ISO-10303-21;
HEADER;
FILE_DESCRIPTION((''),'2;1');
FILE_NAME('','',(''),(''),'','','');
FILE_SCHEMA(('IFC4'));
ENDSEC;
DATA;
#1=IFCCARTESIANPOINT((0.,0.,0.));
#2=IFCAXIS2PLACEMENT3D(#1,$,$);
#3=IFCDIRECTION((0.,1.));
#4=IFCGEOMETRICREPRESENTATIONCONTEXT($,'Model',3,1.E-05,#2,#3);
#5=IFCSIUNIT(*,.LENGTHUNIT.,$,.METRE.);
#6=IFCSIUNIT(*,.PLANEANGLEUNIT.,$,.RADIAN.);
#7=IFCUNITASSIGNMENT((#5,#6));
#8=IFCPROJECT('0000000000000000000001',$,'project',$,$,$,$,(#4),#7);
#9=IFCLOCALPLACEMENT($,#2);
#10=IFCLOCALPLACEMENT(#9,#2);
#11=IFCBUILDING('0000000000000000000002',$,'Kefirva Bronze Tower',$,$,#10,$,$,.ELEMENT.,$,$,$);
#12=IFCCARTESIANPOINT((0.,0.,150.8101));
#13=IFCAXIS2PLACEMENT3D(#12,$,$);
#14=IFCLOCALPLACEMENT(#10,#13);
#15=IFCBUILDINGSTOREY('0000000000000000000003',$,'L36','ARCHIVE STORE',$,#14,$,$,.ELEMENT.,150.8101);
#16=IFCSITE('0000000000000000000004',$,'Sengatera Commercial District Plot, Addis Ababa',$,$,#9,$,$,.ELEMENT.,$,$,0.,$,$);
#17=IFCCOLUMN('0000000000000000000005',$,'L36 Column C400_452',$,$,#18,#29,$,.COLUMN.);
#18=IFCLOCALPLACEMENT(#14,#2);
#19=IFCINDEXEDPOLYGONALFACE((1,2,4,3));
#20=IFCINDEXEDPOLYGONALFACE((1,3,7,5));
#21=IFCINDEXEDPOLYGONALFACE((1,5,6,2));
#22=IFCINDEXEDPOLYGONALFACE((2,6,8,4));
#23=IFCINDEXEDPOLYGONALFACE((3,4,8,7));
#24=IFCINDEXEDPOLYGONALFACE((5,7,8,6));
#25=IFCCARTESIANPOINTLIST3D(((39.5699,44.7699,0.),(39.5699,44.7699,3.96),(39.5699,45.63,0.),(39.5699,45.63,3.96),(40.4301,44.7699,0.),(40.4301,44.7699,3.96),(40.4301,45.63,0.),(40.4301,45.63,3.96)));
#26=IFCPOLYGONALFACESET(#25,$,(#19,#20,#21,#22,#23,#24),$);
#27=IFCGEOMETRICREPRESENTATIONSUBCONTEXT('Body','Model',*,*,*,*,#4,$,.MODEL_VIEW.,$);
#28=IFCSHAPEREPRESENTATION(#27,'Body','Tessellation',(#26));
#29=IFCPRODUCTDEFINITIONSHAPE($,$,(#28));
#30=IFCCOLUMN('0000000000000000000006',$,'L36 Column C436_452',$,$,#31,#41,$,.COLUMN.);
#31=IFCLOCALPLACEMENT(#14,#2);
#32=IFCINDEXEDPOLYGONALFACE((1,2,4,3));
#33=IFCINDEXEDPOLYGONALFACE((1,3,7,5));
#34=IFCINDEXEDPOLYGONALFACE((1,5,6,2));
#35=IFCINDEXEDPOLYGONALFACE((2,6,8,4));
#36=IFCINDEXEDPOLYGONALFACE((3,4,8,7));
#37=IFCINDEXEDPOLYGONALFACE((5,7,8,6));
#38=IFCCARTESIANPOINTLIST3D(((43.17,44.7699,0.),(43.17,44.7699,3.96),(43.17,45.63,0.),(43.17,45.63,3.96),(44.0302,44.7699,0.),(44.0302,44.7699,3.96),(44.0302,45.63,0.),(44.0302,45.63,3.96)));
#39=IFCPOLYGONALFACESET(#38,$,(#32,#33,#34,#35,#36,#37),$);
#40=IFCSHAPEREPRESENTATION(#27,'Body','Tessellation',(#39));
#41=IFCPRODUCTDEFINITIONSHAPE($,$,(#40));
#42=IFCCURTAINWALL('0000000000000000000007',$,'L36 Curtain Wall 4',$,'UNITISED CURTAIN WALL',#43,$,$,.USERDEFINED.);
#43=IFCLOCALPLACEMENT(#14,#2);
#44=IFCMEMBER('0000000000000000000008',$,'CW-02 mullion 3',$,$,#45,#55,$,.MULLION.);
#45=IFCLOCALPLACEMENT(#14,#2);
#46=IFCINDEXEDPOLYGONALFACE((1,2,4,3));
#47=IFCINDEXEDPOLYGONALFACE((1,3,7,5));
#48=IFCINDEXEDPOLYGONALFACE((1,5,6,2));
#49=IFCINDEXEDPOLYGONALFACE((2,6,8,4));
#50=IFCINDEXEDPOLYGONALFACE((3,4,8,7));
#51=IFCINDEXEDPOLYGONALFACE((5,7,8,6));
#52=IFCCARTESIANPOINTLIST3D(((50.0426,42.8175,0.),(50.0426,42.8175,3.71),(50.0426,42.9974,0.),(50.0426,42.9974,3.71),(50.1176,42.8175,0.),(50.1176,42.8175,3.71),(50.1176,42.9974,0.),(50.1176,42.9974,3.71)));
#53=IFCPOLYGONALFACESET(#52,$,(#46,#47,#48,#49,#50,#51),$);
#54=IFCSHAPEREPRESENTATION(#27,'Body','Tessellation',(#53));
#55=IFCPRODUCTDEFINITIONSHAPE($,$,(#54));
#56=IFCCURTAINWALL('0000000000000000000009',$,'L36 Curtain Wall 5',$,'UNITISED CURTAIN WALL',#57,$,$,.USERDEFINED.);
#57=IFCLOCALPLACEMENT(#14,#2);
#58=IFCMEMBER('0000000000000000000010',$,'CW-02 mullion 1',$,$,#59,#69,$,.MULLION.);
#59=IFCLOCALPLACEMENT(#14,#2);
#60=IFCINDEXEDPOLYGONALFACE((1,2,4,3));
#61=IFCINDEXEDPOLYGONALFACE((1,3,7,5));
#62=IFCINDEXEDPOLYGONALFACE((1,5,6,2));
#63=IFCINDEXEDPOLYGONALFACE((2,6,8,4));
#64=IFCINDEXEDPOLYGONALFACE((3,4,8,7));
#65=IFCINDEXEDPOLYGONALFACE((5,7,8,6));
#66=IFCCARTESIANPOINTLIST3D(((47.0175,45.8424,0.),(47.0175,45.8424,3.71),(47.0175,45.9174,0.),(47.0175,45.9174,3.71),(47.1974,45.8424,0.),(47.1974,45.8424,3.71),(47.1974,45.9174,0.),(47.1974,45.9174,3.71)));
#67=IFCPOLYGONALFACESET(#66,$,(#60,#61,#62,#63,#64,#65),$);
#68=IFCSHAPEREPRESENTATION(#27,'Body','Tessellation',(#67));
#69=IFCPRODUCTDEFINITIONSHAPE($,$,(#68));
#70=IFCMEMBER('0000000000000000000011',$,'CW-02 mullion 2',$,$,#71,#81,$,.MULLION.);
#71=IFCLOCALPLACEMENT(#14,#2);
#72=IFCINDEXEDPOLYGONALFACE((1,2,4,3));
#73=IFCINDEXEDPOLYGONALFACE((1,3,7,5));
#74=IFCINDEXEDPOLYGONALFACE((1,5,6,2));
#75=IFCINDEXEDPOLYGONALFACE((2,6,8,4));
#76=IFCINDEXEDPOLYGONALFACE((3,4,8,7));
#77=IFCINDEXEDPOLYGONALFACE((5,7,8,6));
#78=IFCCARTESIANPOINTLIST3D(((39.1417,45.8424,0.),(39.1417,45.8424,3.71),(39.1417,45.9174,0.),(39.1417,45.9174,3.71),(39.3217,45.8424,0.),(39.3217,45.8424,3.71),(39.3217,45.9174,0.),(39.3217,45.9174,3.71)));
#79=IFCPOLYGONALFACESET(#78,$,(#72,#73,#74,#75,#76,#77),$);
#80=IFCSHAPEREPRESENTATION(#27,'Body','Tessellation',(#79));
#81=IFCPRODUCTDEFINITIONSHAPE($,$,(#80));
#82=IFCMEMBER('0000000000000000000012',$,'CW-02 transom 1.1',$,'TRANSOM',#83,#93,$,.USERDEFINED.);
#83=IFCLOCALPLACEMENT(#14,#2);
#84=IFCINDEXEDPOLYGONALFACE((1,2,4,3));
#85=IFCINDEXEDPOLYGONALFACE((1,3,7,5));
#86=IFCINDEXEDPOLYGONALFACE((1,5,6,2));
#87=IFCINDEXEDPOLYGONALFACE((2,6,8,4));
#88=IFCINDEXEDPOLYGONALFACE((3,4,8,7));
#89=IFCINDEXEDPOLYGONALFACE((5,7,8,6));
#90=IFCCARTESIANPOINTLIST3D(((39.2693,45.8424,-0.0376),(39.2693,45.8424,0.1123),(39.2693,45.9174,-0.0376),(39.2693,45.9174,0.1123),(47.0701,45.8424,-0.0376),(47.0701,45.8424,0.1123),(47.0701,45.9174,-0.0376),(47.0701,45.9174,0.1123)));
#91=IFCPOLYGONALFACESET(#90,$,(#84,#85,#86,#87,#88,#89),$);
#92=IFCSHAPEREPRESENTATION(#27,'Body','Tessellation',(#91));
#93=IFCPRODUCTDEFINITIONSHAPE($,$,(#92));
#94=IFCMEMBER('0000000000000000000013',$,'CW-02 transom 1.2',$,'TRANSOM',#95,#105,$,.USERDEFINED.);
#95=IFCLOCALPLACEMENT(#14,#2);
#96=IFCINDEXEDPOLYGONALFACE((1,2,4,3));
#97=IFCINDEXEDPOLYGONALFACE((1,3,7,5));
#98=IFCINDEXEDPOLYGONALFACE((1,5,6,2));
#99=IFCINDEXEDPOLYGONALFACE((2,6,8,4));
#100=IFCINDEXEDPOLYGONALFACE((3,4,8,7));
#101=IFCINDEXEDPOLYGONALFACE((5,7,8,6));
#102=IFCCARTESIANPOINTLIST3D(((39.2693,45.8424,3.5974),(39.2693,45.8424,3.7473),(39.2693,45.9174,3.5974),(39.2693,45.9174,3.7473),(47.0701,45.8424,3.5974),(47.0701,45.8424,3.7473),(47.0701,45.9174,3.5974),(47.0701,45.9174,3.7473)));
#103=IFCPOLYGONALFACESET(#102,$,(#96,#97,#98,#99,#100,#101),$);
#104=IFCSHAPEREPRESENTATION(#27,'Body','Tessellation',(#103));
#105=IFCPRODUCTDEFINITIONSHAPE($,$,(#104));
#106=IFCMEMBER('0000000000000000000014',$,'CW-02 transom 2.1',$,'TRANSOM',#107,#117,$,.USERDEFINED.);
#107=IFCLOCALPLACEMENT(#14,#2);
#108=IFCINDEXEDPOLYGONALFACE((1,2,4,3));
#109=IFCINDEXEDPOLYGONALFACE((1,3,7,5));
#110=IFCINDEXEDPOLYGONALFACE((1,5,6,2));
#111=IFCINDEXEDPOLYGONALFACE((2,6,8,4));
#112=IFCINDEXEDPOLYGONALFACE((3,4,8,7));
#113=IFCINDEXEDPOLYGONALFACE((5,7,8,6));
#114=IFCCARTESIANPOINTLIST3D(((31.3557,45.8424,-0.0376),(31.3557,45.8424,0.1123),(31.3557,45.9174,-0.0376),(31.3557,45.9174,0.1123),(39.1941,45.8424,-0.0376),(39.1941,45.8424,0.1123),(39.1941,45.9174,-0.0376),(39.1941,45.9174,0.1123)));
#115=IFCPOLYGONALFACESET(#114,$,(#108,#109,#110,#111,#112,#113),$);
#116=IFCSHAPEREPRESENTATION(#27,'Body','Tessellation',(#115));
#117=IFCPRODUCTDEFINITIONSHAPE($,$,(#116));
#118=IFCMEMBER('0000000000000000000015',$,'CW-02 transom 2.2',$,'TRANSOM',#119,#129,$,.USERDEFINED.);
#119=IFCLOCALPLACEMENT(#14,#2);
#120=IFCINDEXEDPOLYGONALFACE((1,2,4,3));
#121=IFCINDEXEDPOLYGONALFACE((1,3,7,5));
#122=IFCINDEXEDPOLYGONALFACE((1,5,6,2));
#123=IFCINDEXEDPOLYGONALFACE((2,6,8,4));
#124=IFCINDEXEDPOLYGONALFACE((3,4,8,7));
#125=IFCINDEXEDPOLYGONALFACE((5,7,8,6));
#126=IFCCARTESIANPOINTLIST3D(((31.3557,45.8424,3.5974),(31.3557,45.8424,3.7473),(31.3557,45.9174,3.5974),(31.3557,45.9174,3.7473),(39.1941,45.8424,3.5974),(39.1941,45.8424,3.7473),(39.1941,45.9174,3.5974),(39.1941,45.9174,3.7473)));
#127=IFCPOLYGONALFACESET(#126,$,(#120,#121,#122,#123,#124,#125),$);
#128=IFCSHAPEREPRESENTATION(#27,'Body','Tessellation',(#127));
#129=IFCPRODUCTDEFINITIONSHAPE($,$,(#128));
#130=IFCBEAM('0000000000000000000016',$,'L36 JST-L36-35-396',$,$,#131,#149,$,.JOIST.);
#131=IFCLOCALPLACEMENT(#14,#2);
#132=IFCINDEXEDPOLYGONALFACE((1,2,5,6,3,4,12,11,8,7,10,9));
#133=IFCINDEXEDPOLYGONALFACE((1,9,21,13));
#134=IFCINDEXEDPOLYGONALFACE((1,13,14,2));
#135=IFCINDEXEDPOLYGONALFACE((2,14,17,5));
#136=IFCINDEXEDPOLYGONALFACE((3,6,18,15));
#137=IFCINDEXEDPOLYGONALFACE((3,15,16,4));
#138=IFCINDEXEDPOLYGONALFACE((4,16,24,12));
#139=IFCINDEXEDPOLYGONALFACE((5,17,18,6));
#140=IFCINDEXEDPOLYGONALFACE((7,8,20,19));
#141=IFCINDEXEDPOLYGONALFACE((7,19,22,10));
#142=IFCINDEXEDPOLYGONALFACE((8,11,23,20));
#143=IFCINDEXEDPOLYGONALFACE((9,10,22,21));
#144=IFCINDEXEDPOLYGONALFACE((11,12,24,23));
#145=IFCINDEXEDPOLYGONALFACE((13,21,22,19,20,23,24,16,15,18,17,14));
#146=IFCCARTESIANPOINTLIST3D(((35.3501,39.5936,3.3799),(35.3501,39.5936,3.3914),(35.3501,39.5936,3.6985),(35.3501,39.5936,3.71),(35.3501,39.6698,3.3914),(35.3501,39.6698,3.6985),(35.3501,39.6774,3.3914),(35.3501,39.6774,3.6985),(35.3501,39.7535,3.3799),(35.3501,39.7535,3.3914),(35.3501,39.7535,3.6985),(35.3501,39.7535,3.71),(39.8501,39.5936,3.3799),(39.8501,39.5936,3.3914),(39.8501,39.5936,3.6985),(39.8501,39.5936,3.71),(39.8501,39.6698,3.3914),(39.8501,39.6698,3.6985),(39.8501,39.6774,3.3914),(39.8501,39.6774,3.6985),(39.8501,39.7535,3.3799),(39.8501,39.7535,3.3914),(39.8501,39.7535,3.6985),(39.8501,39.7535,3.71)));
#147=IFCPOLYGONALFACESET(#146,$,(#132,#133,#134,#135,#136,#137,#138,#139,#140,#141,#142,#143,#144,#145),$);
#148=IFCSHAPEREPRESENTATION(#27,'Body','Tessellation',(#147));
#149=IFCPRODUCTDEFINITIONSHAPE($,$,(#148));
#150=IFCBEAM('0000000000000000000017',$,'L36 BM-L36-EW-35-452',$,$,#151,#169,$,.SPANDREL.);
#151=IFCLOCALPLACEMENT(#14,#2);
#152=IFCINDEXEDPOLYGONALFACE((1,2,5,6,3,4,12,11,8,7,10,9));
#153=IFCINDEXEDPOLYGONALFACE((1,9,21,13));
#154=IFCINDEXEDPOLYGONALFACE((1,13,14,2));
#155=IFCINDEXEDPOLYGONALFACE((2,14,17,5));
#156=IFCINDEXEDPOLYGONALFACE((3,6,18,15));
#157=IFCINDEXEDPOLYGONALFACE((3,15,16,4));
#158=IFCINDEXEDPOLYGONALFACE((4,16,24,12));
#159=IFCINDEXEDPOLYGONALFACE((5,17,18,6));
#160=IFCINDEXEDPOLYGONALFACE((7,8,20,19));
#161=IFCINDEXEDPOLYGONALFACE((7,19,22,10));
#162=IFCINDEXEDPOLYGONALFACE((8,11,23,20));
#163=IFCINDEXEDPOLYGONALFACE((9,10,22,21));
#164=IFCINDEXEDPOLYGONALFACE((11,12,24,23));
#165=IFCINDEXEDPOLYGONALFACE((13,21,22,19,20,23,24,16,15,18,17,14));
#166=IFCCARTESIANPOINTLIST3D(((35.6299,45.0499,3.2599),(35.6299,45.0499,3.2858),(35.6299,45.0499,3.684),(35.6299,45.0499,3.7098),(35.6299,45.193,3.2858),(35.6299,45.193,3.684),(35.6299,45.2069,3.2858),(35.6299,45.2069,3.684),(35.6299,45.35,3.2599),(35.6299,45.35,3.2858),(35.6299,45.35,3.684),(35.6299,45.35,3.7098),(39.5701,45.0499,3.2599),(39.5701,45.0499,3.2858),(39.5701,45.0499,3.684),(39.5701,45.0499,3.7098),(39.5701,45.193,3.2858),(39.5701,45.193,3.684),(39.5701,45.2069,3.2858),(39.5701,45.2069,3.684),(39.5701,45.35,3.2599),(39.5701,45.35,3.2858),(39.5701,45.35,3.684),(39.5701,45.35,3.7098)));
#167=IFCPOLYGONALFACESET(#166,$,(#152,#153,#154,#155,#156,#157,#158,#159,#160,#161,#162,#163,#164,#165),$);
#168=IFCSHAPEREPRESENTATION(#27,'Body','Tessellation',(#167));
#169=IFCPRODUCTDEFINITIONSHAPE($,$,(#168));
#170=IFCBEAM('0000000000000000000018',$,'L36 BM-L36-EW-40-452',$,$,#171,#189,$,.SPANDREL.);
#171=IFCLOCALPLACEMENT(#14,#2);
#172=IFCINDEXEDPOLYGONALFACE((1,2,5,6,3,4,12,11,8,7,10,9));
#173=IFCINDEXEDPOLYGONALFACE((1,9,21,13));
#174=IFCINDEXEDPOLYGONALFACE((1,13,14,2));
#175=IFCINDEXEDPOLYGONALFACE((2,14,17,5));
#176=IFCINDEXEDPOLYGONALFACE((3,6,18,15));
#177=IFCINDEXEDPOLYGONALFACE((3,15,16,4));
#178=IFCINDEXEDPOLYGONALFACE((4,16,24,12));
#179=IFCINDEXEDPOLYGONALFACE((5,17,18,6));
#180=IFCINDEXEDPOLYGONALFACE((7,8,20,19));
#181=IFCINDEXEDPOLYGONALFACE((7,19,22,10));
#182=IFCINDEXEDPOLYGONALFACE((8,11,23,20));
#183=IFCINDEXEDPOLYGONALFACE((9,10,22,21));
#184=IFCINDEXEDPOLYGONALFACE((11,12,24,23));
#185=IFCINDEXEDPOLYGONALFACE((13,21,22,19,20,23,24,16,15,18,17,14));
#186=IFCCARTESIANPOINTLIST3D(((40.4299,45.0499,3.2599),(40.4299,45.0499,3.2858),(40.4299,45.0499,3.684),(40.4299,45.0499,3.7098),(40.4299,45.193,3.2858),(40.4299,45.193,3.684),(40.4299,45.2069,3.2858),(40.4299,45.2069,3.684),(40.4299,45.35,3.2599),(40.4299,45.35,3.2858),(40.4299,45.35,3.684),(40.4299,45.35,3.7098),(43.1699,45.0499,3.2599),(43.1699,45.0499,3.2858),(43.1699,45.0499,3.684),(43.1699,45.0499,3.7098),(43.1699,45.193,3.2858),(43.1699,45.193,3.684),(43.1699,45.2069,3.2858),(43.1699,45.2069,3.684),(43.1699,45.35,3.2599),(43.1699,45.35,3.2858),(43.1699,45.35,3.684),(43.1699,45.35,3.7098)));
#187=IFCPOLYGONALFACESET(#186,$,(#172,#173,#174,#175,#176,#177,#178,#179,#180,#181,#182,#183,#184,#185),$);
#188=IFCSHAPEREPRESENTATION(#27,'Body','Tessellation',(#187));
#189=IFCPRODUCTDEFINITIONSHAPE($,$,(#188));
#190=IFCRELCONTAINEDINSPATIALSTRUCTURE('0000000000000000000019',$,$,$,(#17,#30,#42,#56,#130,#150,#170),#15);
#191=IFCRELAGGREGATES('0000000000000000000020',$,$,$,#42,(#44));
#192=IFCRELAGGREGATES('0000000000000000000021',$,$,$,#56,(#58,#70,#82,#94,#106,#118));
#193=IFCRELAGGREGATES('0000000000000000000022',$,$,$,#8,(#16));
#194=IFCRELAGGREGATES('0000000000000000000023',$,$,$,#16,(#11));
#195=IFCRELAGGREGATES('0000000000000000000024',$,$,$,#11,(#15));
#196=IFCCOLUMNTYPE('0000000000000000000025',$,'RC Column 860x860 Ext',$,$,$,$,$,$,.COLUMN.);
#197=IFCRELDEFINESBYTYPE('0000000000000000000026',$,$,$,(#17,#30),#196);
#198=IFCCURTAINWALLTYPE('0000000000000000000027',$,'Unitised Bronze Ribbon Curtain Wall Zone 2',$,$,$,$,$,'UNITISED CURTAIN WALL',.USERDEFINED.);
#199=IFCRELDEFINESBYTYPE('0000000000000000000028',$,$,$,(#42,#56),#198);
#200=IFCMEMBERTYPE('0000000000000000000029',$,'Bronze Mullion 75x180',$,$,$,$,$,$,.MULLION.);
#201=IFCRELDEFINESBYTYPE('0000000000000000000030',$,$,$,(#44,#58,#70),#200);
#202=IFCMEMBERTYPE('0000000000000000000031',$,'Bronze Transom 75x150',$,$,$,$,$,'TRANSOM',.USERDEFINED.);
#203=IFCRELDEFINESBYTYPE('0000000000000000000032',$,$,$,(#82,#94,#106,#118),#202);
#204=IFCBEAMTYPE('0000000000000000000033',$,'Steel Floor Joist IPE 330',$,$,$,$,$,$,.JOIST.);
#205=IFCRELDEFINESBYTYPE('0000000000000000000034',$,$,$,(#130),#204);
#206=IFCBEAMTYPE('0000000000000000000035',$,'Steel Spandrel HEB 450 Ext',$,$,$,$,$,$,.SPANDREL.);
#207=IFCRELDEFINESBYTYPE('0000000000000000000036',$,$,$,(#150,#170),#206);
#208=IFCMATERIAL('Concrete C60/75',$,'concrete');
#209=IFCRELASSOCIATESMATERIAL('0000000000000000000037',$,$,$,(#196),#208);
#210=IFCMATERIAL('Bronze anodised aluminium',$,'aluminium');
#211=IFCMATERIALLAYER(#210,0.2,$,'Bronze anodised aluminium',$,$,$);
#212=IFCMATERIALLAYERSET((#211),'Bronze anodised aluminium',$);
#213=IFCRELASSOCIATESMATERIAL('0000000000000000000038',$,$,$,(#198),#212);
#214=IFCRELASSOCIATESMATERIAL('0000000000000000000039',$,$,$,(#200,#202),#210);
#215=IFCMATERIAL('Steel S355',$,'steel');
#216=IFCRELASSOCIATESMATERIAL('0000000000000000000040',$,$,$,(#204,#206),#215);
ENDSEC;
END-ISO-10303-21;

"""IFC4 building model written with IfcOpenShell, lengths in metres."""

from ifc_helpers import new_model, si_unit, direction, frame, origin, origin_2d, place, context, subcontext, project, spatial, rectangle, i_section, extrude, material, layer, layer_set, material_profile, profile_set, type_object, element, aggregate, save


model = new_model("IFC4")

# Units and contexts
model_context = context("Model", 3, precision=1e-05, world=origin(), true_north=direction((0.0, 1.0)))
body_context = subcontext(model_context, "Body", "Model", "MODEL_VIEW")
ifc_project = project(units=[si_unit("LENGTHUNIT", "METRE"), si_unit("PLANEANGLEUNIT", "RADIAN")], contexts=[model_context])

# Site, building, storey
site_placement = place(None, origin())
site = spatial("IfcSite", under=ifc_project, at=site_placement, Name="Sengatera Commercial District Plot, Addis Ababa", CompositionType="ELEMENT", RefElevation=0.0)
building_placement = place(site_placement, origin())
building = spatial("IfcBuilding", under=site, at=building_placement, Name="Kefirva Bronze Tower", CompositionType="ELEMENT")
storey_placement = place(building_placement, frame((0.0, 0.0, 150.8101)))
storey = spatial("IfcBuildingStorey", under=building, at=storey_placement, Name="L36", Description="ARCHIVE STORE", CompositionType="ELEMENT", Elevation=150.8101)

# Columns
ifc_material_1 = material(Name="Concrete C60/75", Category="concrete")
ifc_material_profile_1 = material_profile(ifc_material_1, rectangle(XDim=0.8601, YDim=0.8601, at=origin_2d()), Name="RC 860x860")
ifc_profile_set_1 = profile_set([ifc_material_profile_1], Name="Concrete C60/75")
column_type = type_object("IfcColumnType", Name="RC Column 860x860 Ext", PredefinedType="COLUMN", material=ifc_profile_set_1)
for number, where, z_axis, x_axis, name in (
    (1, (40.0, 45.2, 0.0), (0.0, 0.0, 1.0), (1.0, 0.0, 0.0), "L36 Column C400_452"),
    (2, (43.6001, 45.2, 0.0), (0.0, 0.0, 1.0), (1.0, 0.0, 0.0), "L36 Column C436_452"),
):
    element("IfcColumn", number, at=place(storey_placement, frame(where, z_axis=z_axis, x_axis=x_axis)), inside=storey, type_object=column_type, Name=name, PredefinedType="COLUMN", context=body_context, shape_type="SweptSolid", body=[
        extrude(rectangle(XDim=0.8601, YDim=0.8601, at=origin_2d()), origin(), (0.0, 0.0, 1.0), 3.96),
    ])

# Curtain wall, member
ifc_material_2 = material(Name="Bronze anodised aluminium", Category="aluminium")
ifc_layer_1 = layer(ifc_material_2, 0.2, Name="Bronze anodised aluminium")
ifc_layer_set_1 = layer_set([ifc_layer_1], Name="Bronze anodised aluminium")
curtain_wall_type = type_object("IfcCurtainWallType", Name="Unitised Bronze Ribbon Curtain Wall Zone 2", ElementType="UNITISED CURTAIN WALL", PredefinedType="USERDEFINED", material=ifc_layer_set_1)
curtain_wall_1_placement = place(storey_placement, origin())
curtain_wall_1 = element("IfcCurtainWall", 3, at=curtain_wall_1_placement, inside=storey, type_object=curtain_wall_type, Name="L36 Curtain Wall 4", ObjectType="UNITISED CURTAIN WALL", PredefinedType="USERDEFINED")
ifc_material_profile_2 = material_profile(ifc_material_2, rectangle(XDim=0.075, YDim=0.1799, at=origin_2d()), Name="ALU 75x180")
ifc_profile_set_2 = profile_set([ifc_material_profile_2], Name="Bronze anodised aluminium")
member_type_1 = type_object("IfcMemberType", Name="Bronze Mullion 75x180", PredefinedType="MULLION", material=ifc_profile_set_2)
member_1_placement = place(storey_placement, frame((50.0801, 42.9075, 0.0), z_axis=(0.0, 0.0, 1.0), x_axis=(-1.0, 0.0, 0.0)))
member_1 = element("IfcMember", 4, at=member_1_placement, type_object=member_type_1, Name="CW-02 mullion 3", PredefinedType="MULLION", context=body_context, shape_type="SweptSolid", body=[
    extrude(rectangle(XDim=0.075, YDim=0.1799, at=origin_2d()), origin(), (0.0, 0.0, 1.0), 3.71),
])
aggregate(curtain_wall_1, [member_1])

# Curtain wall, members
curtain_wall_2_placement = place(storey_placement, origin())
curtain_wall_2 = element("IfcCurtainWall", 5, at=curtain_wall_2_placement, inside=storey, type_object=curtain_wall_type, Name="L36 Curtain Wall 5", ObjectType="UNITISED CURTAIN WALL", PredefinedType="USERDEFINED")
member_2_placement = place(storey_placement, frame((47.1074, 45.8799, 0.0), z_axis=(0.0, 0.0, 1.0), x_axis=(0.0, -1.0, 0.0)))
member_2 = element("IfcMember", 6, at=member_2_placement, type_object=member_type_1, Name="CW-02 mullion 1", PredefinedType="MULLION", context=body_context, shape_type="SweptSolid", body=[
    extrude(rectangle(XDim=0.075, YDim=0.1799, at=origin_2d()), origin(), (0.0, 0.0, 1.0), 3.71),
])
member_3_placement = place(storey_placement, frame((39.2317, 45.8799, 0.0), z_axis=(0.0, 0.0, 1.0), x_axis=(0.0, -1.0, 0.0)))
member_3 = element("IfcMember", 7, at=member_3_placement, type_object=member_type_1, Name="CW-02 mullion 2", PredefinedType="MULLION", context=body_context, shape_type="SweptSolid", body=[
    extrude(rectangle(XDim=0.075, YDim=0.1799, at=origin_2d()), origin(), (0.0, 0.0, 1.0), 3.71),
])
ifc_material_profile_3 = material_profile(ifc_material_2, rectangle(XDim=0.075, YDim=0.1499, at=origin_2d()), Name="ALU 75x150")
ifc_profile_set_3 = profile_set([ifc_material_profile_3], Name="Bronze anodised aluminium")
member_type_2 = type_object("IfcMemberType", Name="Bronze Transom 75x150", ElementType="TRANSOM", PredefinedType="USERDEFINED", material=ifc_profile_set_3)
member_4_placement = place(storey_placement, frame((47.0701, 45.8799, 0.0374), z_axis=(-1.0, 0.0, 0.0), x_axis=(0.0, -1.0, 0.0)))
member_4 = element("IfcMember", 8, at=member_4_placement, type_object=member_type_2, Name="CW-02 transom 1.1", ObjectType="TRANSOM", PredefinedType="USERDEFINED", context=body_context, shape_type="SweptSolid", body=[
    extrude(rectangle(XDim=0.075, YDim=0.1499, at=origin_2d()), origin(), (0.0, 0.0, 1.0), 7.8008),
])
member_5_placement = place(storey_placement, frame((47.0701, 45.8799, 3.6724), z_axis=(-1.0, 0.0, 0.0), x_axis=(0.0, -1.0, 0.0)))
member_5 = element("IfcMember", 9, at=member_5_placement, type_object=member_type_2, Name="CW-02 transom 1.2", ObjectType="TRANSOM", PredefinedType="USERDEFINED", context=body_context, shape_type="SweptSolid", body=[
    extrude(rectangle(XDim=0.075, YDim=0.1499, at=origin_2d()), origin(), (0.0, 0.0, 1.0), 7.8008),
])
member_6_placement = place(storey_placement, frame((39.1941, 45.8799, 0.0374), z_axis=(-1.0, 0.0, 0.0), x_axis=(0.0, -1.0, 0.0)))
member_6 = element("IfcMember", 10, at=member_6_placement, type_object=member_type_2, Name="CW-02 transom 2.1", ObjectType="TRANSOM", PredefinedType="USERDEFINED", context=body_context, shape_type="SweptSolid", body=[
    extrude(rectangle(XDim=0.075, YDim=0.1499, at=origin_2d()), origin(), (0.0, 0.0, 1.0), 7.8384),
])
member_7_placement = place(storey_placement, frame((39.1941, 45.8799, 3.6724), z_axis=(-1.0, 0.0, 0.0), x_axis=(0.0, -1.0, 0.0)))
member_7 = element("IfcMember", 11, at=member_7_placement, type_object=member_type_2, Name="CW-02 transom 2.2", ObjectType="TRANSOM", PredefinedType="USERDEFINED", context=body_context, shape_type="SweptSolid", body=[
    extrude(rectangle(XDim=0.075, YDim=0.1499, at=origin_2d()), origin(), (0.0, 0.0, 1.0), 7.8384),
])

# Beams
ifc_material_3 = material(Name="Steel S355", Category="steel")
ifc_material_profile_4 = material_profile(ifc_material_3, i_section(OverallWidth=0.1599, OverallDepth=0.3301, WebThickness=0.0076, FlangeThickness=0.0115, at=origin_2d()), Name="IPE 330")
ifc_profile_set_4 = profile_set([ifc_material_profile_4], Name="Steel S355")
beam_type_1 = type_object("IfcBeamType", Name="Steel Floor Joist IPE 330", PredefinedType="JOIST", material=ifc_profile_set_4)
beam_1_placement = place(storey_placement, frame((35.3501, 39.6736, 3.5449), z_axis=(1.0, 0.0, 0.0), x_axis=(0.0, 1.0, 0.0)))
element("IfcBeam", 12, at=beam_1_placement, inside=storey, type_object=beam_type_1, Name="L36 JST-L36-35-396", PredefinedType="JOIST", context=body_context, shape_type="SweptSolid", body=[
    extrude(i_section(OverallWidth=0.1599, OverallDepth=0.3301, WebThickness=0.0076, FlangeThickness=0.0115, at=origin_2d()), origin(), (0.0, 0.0, 1.0), 4.5),
])
ifc_material_profile_5 = material_profile(ifc_material_3, i_section(OverallWidth=0.3, OverallDepth=0.45, WebThickness=0.0139, FlangeThickness=0.0259, at=origin_2d()), Name="HEB 450")
ifc_profile_set_5 = profile_set([ifc_material_profile_5], Name="Steel S355")
beam_type_2 = type_object("IfcBeamType", Name="Steel Spandrel HEB 450 Ext", PredefinedType="SPANDREL", material=ifc_profile_set_5)
beam_2_placement = place(storey_placement, frame((35.6299, 45.2, 3.4849), z_axis=(1.0, 0.0, 0.0), x_axis=(0.0, 1.0, 0.0)))
element("IfcBeam", 13, at=beam_2_placement, inside=storey, type_object=beam_type_2, Name="L36 BM-L36-EW-35-452", PredefinedType="SPANDREL", context=body_context, shape_type="SweptSolid", body=[
    extrude(i_section(OverallWidth=0.3, OverallDepth=0.45, WebThickness=0.0139, FlangeThickness=0.0259, at=origin_2d()), origin(), (0.0, 0.0, 1.0), 3.9402),
])
beam_3_placement = place(storey_placement, frame((40.4299, 45.2, 3.4849), z_axis=(1.0, 0.0, 0.0), x_axis=(0.0, 1.0, 0.0)))
element("IfcBeam", 14, at=beam_3_placement, inside=storey, type_object=beam_type_2, Name="L36 BM-L36-EW-40-452", PredefinedType="SPANDREL", context=body_context, shape_type="SweptSolid", body=[
    extrude(i_section(OverallWidth=0.3, OverallDepth=0.45, WebThickness=0.0139, FlangeThickness=0.0259, at=origin_2d()), origin(), (0.0, 0.0, 1.0), 2.74),
])

aggregate(curtain_wall_2, [member_2, member_3, member_4, member_5, member_6, member_7])

save(model, "model.ifc")
